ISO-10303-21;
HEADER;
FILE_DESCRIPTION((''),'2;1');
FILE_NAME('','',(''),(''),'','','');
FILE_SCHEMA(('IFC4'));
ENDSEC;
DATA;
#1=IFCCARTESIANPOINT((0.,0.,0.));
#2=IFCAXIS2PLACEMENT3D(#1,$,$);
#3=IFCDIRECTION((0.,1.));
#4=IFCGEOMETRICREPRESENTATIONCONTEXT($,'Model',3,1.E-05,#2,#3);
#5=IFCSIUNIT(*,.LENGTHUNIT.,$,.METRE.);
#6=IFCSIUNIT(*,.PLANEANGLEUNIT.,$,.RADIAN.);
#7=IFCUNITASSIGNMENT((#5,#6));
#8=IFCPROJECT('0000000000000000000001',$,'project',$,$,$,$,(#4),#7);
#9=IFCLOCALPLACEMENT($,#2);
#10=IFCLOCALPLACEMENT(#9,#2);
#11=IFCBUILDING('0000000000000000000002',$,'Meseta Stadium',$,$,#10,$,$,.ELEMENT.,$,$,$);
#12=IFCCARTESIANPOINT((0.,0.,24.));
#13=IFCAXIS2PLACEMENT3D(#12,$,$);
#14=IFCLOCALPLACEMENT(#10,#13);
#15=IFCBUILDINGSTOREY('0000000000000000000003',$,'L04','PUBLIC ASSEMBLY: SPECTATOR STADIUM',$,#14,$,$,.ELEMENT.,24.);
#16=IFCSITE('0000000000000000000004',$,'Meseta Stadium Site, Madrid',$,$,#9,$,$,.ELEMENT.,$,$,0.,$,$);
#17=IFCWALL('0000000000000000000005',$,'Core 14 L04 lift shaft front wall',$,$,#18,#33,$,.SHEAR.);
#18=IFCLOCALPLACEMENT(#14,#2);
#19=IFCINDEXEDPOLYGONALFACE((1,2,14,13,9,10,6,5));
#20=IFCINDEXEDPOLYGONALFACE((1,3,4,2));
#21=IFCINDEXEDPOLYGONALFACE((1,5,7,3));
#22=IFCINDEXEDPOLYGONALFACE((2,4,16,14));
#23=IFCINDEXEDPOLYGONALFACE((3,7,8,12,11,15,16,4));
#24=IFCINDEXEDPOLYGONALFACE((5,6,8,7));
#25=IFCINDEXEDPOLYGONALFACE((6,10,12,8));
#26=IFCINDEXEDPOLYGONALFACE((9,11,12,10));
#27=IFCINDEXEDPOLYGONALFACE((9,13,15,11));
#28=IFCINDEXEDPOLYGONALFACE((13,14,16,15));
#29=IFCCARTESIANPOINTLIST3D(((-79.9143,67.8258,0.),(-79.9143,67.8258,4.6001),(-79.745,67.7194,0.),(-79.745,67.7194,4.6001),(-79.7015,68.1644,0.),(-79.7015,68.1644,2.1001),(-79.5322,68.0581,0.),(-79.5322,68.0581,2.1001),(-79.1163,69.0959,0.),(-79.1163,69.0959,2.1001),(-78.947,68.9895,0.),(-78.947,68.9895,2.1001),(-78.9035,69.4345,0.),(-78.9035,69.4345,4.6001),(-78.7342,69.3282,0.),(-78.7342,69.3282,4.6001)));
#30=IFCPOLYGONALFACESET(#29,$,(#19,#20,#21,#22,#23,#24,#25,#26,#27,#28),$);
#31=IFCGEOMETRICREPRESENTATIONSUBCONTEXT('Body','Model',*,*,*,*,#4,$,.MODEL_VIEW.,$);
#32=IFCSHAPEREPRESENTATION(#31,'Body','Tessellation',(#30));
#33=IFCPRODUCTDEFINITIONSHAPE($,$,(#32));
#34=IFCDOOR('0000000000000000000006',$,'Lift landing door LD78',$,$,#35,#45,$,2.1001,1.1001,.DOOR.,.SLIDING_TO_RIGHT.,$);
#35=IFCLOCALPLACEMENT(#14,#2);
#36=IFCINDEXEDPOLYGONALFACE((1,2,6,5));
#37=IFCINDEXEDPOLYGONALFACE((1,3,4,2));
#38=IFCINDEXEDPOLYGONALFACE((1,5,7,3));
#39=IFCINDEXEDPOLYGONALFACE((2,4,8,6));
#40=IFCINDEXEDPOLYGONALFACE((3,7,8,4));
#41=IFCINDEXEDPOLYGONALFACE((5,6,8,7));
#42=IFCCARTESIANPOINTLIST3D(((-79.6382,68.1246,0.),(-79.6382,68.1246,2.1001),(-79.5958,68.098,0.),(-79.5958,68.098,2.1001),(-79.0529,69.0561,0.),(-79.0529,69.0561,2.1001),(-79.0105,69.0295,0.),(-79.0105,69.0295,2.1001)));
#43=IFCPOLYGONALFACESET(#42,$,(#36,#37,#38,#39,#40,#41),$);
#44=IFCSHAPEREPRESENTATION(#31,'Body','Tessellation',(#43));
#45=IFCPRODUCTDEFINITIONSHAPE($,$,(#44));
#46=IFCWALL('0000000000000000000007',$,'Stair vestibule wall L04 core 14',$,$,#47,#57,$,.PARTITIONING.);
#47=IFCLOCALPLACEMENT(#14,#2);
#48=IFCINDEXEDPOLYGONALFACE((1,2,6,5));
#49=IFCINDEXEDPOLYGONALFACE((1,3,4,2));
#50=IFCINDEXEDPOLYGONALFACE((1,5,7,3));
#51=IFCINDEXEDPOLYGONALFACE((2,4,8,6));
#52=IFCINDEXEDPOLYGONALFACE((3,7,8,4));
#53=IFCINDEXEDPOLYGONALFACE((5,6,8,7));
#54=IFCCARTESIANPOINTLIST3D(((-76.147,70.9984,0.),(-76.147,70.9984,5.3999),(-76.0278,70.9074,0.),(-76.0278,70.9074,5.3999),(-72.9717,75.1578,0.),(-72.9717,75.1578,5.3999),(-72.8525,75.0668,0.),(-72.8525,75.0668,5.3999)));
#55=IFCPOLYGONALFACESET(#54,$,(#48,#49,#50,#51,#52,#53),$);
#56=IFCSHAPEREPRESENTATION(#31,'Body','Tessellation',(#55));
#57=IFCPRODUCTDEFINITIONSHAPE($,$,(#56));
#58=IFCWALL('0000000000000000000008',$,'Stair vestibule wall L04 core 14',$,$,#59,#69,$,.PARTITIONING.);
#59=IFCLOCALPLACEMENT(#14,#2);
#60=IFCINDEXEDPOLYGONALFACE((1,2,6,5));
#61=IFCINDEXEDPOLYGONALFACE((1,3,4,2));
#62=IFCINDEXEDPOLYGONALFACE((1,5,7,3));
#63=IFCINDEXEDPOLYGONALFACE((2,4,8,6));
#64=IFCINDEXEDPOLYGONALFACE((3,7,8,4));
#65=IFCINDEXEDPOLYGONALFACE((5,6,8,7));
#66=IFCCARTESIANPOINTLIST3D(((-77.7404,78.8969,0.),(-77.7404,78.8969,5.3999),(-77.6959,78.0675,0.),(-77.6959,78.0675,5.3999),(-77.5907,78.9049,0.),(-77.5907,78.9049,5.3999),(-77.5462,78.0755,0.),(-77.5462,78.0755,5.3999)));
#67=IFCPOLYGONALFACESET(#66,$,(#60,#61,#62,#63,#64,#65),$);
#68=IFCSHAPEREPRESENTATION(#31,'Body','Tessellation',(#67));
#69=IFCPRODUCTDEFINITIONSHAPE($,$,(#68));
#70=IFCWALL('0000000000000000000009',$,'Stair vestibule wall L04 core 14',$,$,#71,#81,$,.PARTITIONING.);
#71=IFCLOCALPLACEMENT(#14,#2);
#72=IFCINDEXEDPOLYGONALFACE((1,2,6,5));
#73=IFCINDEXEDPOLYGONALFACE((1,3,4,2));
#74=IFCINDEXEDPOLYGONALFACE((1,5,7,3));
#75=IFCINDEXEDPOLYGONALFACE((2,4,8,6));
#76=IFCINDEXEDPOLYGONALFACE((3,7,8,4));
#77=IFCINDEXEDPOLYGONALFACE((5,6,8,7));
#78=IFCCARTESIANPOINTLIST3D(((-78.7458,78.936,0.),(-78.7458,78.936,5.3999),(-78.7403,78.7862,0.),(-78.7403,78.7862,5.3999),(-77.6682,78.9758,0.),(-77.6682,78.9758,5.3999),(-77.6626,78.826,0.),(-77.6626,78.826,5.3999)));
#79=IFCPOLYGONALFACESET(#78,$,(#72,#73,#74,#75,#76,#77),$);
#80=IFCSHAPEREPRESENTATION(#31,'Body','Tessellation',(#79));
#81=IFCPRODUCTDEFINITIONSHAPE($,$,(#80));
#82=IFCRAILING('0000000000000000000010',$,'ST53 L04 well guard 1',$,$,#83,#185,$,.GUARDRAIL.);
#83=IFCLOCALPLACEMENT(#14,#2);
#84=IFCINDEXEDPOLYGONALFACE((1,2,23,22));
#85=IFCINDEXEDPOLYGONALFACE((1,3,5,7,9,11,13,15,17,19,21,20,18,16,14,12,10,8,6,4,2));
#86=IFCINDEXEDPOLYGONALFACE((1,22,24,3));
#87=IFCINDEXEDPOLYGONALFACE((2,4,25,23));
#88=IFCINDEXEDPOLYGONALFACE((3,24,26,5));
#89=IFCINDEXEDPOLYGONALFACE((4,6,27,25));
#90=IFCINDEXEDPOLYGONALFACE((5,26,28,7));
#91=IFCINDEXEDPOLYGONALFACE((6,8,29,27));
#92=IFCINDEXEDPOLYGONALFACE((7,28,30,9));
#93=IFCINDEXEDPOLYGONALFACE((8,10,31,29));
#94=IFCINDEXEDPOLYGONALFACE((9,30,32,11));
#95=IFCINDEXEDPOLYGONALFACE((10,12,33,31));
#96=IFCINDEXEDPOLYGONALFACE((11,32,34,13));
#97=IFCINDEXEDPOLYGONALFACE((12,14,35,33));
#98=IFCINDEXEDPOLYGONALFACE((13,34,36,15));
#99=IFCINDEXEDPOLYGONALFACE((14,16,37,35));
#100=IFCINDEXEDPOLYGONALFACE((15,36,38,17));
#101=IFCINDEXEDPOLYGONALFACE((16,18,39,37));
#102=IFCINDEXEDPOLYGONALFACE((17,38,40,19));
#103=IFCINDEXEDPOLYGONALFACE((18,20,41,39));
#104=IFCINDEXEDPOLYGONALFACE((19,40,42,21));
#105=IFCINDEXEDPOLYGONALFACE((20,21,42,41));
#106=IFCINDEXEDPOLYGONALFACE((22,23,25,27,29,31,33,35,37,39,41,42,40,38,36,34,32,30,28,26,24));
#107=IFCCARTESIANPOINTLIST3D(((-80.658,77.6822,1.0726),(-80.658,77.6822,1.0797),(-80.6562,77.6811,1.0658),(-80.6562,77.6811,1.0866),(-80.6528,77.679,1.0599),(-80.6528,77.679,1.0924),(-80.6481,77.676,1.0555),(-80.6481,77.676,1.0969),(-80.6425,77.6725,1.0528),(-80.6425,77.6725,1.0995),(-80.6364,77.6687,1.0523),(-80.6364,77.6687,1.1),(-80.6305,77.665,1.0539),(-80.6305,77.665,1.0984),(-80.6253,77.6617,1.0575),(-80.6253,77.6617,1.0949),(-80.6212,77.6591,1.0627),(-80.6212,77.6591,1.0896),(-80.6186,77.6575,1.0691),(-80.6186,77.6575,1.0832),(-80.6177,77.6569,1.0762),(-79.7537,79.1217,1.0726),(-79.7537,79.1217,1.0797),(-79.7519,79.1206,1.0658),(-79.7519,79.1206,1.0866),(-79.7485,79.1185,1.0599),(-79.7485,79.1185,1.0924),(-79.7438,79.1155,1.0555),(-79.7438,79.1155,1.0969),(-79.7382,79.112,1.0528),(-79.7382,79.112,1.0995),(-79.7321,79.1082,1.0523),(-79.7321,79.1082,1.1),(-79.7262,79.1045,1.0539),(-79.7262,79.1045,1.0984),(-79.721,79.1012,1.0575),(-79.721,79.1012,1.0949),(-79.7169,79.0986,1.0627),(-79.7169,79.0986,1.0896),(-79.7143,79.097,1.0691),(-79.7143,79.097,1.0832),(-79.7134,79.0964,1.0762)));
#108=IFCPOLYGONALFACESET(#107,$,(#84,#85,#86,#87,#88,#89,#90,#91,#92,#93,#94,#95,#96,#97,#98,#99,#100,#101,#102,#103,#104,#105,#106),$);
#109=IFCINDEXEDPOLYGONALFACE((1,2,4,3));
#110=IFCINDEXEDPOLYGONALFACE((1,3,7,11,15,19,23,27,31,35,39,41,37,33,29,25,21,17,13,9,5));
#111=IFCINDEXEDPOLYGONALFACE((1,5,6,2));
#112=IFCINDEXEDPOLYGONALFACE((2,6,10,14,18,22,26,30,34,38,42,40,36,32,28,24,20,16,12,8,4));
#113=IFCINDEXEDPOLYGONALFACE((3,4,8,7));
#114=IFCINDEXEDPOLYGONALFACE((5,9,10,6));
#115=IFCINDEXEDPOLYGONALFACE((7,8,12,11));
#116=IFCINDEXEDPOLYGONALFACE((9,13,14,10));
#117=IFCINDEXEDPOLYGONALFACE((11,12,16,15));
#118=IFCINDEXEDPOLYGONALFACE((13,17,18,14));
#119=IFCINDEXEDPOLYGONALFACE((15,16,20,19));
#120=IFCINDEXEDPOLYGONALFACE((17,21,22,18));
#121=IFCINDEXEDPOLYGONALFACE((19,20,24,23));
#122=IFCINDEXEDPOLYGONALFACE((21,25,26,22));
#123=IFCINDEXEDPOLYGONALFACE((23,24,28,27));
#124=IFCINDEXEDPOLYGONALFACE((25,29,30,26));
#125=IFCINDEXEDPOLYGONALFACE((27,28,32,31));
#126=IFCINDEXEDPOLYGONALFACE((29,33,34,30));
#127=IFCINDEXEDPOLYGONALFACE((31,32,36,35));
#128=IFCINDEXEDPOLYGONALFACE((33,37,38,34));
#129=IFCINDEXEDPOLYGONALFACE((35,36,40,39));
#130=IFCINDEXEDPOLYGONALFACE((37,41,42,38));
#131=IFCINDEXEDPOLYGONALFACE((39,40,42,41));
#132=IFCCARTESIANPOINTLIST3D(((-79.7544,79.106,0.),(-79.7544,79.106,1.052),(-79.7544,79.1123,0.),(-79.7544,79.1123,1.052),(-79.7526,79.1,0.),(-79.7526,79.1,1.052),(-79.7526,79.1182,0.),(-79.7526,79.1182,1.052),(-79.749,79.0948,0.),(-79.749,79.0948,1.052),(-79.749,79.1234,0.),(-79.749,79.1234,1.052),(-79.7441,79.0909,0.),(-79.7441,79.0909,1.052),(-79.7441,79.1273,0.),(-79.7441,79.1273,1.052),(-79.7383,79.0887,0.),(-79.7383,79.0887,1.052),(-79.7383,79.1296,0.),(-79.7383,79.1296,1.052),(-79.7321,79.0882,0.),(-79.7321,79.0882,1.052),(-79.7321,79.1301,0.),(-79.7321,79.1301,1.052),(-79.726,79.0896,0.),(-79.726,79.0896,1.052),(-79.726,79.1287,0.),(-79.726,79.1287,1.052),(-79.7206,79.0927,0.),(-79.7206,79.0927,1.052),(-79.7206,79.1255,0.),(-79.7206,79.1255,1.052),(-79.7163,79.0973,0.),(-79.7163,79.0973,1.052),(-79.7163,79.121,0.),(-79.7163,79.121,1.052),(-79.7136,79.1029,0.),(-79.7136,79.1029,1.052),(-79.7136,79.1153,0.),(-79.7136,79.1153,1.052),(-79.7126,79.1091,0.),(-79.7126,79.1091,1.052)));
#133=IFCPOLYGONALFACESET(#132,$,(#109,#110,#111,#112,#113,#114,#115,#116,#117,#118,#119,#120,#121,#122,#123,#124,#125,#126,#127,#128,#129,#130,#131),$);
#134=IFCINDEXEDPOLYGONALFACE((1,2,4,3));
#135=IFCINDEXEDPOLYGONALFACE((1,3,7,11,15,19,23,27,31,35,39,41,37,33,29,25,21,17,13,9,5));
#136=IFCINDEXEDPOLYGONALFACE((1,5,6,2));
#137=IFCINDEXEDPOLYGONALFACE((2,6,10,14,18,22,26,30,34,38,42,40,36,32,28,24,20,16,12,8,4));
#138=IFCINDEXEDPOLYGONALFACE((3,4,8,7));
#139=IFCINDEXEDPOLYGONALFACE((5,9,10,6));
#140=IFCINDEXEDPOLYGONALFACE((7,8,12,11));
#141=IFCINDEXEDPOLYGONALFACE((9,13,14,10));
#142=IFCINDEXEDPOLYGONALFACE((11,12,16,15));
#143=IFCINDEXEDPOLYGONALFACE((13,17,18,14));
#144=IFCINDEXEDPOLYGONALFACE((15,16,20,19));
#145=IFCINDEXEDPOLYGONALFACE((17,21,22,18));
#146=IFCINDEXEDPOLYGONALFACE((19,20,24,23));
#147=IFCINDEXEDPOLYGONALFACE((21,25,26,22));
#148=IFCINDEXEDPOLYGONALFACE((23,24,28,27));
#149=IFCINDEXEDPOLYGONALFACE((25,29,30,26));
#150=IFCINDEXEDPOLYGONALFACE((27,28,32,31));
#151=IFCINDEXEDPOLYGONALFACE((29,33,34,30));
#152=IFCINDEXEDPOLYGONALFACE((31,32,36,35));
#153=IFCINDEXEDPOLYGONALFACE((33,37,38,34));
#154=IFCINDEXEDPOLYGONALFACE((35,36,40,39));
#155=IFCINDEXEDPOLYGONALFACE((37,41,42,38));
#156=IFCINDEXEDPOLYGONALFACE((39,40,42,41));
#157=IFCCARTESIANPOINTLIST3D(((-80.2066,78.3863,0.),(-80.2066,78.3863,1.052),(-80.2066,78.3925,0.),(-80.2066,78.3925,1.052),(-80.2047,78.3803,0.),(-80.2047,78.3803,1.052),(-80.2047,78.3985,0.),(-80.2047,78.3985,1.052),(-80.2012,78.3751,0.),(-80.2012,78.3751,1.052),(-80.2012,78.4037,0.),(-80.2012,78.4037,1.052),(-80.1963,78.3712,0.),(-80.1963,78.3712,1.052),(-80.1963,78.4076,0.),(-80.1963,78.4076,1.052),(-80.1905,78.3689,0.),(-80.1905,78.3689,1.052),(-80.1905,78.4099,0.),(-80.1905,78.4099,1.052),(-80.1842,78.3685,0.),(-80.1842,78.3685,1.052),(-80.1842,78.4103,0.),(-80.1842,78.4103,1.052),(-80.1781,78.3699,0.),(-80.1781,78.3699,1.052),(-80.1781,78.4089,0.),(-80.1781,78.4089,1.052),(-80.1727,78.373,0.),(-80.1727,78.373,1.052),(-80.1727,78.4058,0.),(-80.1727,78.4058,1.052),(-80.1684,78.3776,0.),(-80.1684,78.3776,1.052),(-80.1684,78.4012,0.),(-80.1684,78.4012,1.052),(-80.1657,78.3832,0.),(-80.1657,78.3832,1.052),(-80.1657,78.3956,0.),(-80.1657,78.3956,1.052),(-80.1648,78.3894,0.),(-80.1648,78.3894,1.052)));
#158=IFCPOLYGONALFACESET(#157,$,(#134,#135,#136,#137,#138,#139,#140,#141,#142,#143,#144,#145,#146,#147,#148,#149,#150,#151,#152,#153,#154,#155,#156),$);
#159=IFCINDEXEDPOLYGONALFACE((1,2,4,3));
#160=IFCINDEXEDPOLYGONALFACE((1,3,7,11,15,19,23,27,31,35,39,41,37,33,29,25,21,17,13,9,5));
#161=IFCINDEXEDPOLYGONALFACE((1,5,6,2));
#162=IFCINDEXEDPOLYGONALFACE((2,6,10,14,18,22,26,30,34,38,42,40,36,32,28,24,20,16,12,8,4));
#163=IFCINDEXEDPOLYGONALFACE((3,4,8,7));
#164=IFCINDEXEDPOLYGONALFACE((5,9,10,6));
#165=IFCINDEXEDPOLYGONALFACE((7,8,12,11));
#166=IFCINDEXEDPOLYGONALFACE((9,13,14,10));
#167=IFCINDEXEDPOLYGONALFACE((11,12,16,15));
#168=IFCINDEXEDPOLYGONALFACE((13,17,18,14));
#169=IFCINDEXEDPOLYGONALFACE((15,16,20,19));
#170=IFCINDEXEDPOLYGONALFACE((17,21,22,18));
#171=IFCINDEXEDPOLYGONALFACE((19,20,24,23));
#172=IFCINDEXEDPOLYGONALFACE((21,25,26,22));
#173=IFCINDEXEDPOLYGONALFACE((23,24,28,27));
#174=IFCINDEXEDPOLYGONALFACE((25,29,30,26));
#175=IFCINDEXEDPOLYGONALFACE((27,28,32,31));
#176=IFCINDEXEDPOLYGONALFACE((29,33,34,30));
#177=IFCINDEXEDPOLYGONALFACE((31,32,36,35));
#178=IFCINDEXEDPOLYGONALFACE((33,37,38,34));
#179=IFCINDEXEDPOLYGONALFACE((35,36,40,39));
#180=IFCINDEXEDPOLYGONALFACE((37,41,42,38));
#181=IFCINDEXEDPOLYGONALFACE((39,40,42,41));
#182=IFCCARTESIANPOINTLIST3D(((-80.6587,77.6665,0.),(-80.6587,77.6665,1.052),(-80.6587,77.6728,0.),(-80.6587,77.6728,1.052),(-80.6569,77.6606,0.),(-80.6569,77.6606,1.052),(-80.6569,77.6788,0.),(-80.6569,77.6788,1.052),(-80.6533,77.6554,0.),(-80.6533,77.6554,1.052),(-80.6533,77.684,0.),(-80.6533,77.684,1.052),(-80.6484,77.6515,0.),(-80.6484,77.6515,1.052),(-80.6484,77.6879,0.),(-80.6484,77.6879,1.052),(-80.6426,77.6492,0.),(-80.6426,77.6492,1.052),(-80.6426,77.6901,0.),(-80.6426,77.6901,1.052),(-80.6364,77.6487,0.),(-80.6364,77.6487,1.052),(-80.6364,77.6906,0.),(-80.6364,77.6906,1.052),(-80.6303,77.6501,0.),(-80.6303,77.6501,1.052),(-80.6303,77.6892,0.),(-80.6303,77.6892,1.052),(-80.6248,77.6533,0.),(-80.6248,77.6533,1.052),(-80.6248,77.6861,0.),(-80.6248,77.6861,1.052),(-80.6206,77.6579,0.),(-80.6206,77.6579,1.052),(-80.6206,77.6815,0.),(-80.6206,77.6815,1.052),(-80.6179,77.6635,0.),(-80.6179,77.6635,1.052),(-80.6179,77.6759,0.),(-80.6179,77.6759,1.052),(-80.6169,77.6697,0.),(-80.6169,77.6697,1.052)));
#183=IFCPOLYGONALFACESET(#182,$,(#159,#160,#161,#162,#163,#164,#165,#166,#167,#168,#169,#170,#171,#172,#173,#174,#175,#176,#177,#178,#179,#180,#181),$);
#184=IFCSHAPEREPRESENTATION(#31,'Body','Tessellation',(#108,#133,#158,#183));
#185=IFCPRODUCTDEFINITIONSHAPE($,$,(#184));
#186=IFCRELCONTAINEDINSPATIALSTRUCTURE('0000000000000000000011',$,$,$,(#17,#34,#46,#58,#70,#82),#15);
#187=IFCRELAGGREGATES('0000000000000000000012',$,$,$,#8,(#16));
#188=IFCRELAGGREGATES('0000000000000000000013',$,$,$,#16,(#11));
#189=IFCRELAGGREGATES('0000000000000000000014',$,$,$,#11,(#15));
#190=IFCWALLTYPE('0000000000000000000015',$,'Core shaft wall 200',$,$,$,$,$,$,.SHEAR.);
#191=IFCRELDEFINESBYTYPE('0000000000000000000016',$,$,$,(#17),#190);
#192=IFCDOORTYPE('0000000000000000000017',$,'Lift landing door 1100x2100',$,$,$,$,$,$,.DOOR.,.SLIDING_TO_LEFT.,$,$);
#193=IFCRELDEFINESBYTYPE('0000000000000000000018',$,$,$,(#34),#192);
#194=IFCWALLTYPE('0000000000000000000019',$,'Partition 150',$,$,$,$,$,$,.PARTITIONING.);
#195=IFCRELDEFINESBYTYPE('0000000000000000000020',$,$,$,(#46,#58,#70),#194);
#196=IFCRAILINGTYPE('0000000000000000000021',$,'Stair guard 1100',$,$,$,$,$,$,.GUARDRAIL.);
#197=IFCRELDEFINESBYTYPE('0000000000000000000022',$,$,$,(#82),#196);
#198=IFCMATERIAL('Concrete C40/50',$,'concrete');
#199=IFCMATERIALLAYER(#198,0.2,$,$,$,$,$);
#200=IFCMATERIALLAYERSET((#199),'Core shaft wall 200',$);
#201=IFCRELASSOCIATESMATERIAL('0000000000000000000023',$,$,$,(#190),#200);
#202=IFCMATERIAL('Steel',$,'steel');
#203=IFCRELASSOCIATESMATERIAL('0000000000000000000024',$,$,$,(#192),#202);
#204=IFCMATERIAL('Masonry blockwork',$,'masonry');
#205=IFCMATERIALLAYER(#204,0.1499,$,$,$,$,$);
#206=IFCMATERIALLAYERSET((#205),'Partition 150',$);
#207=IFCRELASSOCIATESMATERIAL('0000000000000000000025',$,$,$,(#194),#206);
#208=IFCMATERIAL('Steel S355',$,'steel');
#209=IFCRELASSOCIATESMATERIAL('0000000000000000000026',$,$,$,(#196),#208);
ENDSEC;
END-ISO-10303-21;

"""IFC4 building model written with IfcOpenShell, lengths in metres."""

from ifc_helpers import new_model, si_unit, direction, frame, frame_2d, origin, origin_2d, place, context, subcontext, project, spatial, rectangle, circle, extrude, material, layer, layer_set, type_object, element, fill, save


model = new_model("IFC4")

# Units and contexts
model_context = context("Model", 3, precision=1e-05, world=origin(), true_north=direction((0.0, 1.0)))
body_context = subcontext(model_context, "Body", "Model", "MODEL_VIEW")
ifc_project = project(units=[si_unit("LENGTHUNIT", "METRE"), si_unit("PLANEANGLEUNIT", "RADIAN")], contexts=[model_context])

# Site, building, storey
site_placement = place(None, origin())
site = spatial("IfcSite", under=ifc_project, at=site_placement, Name="Meseta Stadium Site, Madrid", CompositionType="ELEMENT", RefElevation=0.0)
building_placement = place(site_placement, origin())
building = spatial("IfcBuilding", under=site, at=building_placement, Name="Meseta Stadium", CompositionType="ELEMENT")
storey_placement = place(building_placement, frame((0.0, 0.0, 24.0)))
storey = spatial("IfcBuildingStorey", under=building, at=storey_placement, Name="L04", Description="PUBLIC ASSEMBLY: SPECTATOR STADIUM", CompositionType="ELEMENT", Elevation=24.0)

# Shared definitions
ifc_material_1 = material(Name="Concrete C40/50", Category="concrete")
ifc_layer_1 = layer(ifc_material_1, 0.2)
ifc_layer_set_1 = layer_set([ifc_layer_1], Name="Core shaft wall 200")
wall_type_1 = type_object("IfcWallType", Name="Core shaft wall 200", PredefinedType="SHEAR", material=ifc_layer_set_1)

# Wall, opening, door
wall_1_placement = place(storey_placement, frame((-78.8188, 69.3813, 0.0), z_axis=(0.0, 0.0, 1.0), x_axis=(-0.532019, -0.846732, 0.0)))
wall_1 = element("IfcWall", 1, at=wall_1_placement, inside=storey, type_object=wall_type_1, Name="Core 14 L04 lift shaft front wall", PredefinedType="SHEAR", context=body_context, shape_type="SweptSolid", body=[
    extrude(rectangle(XDim=1.8999, YDim=0.2, at=frame_2d((0.95, 0.0))), origin(), (0.0, 0.0, 1.0), 4.6001),
])
opening_1_placement = place(wall_1_placement, frame((0.3999, 0.0, 0.0)))
opening_1 = element("IfcOpeningElement", 2, at=opening_1_placement, cuts=wall_1, PredefinedType="OPENING", context=body_context, shape_type="SweptSolid", body=[
    extrude(rectangle(XDim=1.1001, YDim=2.1001, at=frame_2d((0.55, 1.05))), frame((0.0, 0.1099, 0.0), z_axis=(0.0, -1.0, 0.0), x_axis=(1.0, 0.0, 0.0)), (0.0, 0.0, 1.0), 0.22),
])
ifc_material_2 = material(Name="Steel", Category="steel")
door_type_1 = type_object("IfcDoorType", Name="Lift landing door 1100x2100", OperationType="SLIDING_TO_LEFT", PredefinedType="DOOR", material=ifc_material_2)
door_1_placement = place(opening_1_placement, origin())
door_1 = element("IfcDoor", 3, at=door_1_placement, inside=storey, type_object=door_type_1, Name="Lift landing door LD78", OperationType="SLIDING_TO_RIGHT", OverallHeight=2.1001, OverallWidth=1.1001, PredefinedType="DOOR", context=body_context, shape_type="SweptSolid", body=[
    extrude(rectangle(XDim=1.1001, YDim=2.1001, at=frame_2d((0.55, 1.05))), frame((0.0, 0.0249, 0.0), z_axis=(0.0, -1.0, 0.0), x_axis=(1.0, 0.0, 0.0)), (0.0, 0.0, 1.0), 0.05),
])
fill(opening_1, door_1)

# Walls
ifc_material_3 = material(Name="Masonry blockwork", Category="masonry")
ifc_layer_2 = layer(ifc_material_3, 0.1499)
ifc_layer_set_2 = layer_set([ifc_layer_2], Name="Partition 150")
wall_type_2 = type_object("IfcWallType", Name="Partition 150", PredefinedType="PARTITIONING", material=ifc_layer_set_2)
wall_2_placement = place(storey_placement, frame((-76.0874, 70.9529, 0.0), z_axis=(0.0, 0.0, 1.0), x_axis=(0.606794, 0.794859, 0.0)))
element("IfcWall", 4, at=wall_2_placement, inside=storey, type_object=wall_type_2, Name="Stair vestibule wall L04 core 14", PredefinedType="PARTITIONING", context=body_context, shape_type="SweptSolid", body=[
    extrude(rectangle(XDim=5.2329, YDim=0.1499, at=frame_2d((2.6165, 0.0))), origin(), (0.0, 0.0, 1.0), 5.3999),
])
wall_3_placement = place(storey_placement, frame((-77.6211, 78.0715, 0.0), z_axis=(0.0, 0.0, 1.0), x_axis=(-0.0535, 0.998568, 0.0)))
element("IfcWall", 5, at=wall_3_placement, inside=storey, type_object=wall_type_2, Name="Stair vestibule wall L04 core 14", PredefinedType="PARTITIONING", context=body_context, shape_type="SweptSolid", body=[
    extrude(rectangle(XDim=0.8306, YDim=0.1499, at=frame_2d((0.4153, 0.0))), origin(), (0.0, 0.0, 1.0), 5.3999),
])
wall_4_placement = place(storey_placement, frame((-77.6655, 78.9009, 0.0), z_axis=(0.0, 0.0, 1.0), x_axis=(-0.999319, -0.036903, 0.0)))
element("IfcWall", 6, at=wall_4_placement, inside=storey, type_object=wall_type_2, Name="Stair vestibule wall L04 core 14", PredefinedType="PARTITIONING", context=body_context, shape_type="SweptSolid", body=[
    extrude(rectangle(XDim=1.0784, YDim=0.1499, at=frame_2d((0.5391, 0.0))), origin(), (0.0, 0.0, 1.0), 5.3999),
])

# Railing
ifc_material_4 = material(Name="Steel S355", Category="steel")
railing_type = type_object("IfcRailingType", Name="Stair guard 1100", PredefinedType="GUARDRAIL", material=ifc_material_4)
railing_1_placement = place(storey_placement, frame((-79.7336, 79.1091, 0.0)))
element("IfcRailing", 7, at=railing_1_placement, inside=storey, type_object=railing_type, Name="ST53 L04 well guard 1", PredefinedType="GUARDRAIL", context=body_context, shape_type="SweptSolid", body=[
    extrude(circle(Radius=0.0239, at=origin_2d()), frame((0.0, 0.0, 1.0762), z_axis=(-0.53196, -0.84677, 0.0), x_axis=(0.84677, -0.53196, 0.0)), (0.0, 0.0, 1.0), 1.7),
    extrude(circle(Radius=0.021, at=origin_2d()), origin(), (0.0, 0.0, 1.0), 1.052),
    extrude(circle(Radius=0.021, at=origin_2d()), frame((-0.4521, -0.7197, 0.0)), (0.0, 0.0, 1.0), 1.052),
    extrude(circle(Radius=0.021, at=origin_2d()), frame((-0.9043, -1.4395, 0.0)), (0.0, 0.0, 1.0), 1.052),
])

save(model, "model.ifc")
